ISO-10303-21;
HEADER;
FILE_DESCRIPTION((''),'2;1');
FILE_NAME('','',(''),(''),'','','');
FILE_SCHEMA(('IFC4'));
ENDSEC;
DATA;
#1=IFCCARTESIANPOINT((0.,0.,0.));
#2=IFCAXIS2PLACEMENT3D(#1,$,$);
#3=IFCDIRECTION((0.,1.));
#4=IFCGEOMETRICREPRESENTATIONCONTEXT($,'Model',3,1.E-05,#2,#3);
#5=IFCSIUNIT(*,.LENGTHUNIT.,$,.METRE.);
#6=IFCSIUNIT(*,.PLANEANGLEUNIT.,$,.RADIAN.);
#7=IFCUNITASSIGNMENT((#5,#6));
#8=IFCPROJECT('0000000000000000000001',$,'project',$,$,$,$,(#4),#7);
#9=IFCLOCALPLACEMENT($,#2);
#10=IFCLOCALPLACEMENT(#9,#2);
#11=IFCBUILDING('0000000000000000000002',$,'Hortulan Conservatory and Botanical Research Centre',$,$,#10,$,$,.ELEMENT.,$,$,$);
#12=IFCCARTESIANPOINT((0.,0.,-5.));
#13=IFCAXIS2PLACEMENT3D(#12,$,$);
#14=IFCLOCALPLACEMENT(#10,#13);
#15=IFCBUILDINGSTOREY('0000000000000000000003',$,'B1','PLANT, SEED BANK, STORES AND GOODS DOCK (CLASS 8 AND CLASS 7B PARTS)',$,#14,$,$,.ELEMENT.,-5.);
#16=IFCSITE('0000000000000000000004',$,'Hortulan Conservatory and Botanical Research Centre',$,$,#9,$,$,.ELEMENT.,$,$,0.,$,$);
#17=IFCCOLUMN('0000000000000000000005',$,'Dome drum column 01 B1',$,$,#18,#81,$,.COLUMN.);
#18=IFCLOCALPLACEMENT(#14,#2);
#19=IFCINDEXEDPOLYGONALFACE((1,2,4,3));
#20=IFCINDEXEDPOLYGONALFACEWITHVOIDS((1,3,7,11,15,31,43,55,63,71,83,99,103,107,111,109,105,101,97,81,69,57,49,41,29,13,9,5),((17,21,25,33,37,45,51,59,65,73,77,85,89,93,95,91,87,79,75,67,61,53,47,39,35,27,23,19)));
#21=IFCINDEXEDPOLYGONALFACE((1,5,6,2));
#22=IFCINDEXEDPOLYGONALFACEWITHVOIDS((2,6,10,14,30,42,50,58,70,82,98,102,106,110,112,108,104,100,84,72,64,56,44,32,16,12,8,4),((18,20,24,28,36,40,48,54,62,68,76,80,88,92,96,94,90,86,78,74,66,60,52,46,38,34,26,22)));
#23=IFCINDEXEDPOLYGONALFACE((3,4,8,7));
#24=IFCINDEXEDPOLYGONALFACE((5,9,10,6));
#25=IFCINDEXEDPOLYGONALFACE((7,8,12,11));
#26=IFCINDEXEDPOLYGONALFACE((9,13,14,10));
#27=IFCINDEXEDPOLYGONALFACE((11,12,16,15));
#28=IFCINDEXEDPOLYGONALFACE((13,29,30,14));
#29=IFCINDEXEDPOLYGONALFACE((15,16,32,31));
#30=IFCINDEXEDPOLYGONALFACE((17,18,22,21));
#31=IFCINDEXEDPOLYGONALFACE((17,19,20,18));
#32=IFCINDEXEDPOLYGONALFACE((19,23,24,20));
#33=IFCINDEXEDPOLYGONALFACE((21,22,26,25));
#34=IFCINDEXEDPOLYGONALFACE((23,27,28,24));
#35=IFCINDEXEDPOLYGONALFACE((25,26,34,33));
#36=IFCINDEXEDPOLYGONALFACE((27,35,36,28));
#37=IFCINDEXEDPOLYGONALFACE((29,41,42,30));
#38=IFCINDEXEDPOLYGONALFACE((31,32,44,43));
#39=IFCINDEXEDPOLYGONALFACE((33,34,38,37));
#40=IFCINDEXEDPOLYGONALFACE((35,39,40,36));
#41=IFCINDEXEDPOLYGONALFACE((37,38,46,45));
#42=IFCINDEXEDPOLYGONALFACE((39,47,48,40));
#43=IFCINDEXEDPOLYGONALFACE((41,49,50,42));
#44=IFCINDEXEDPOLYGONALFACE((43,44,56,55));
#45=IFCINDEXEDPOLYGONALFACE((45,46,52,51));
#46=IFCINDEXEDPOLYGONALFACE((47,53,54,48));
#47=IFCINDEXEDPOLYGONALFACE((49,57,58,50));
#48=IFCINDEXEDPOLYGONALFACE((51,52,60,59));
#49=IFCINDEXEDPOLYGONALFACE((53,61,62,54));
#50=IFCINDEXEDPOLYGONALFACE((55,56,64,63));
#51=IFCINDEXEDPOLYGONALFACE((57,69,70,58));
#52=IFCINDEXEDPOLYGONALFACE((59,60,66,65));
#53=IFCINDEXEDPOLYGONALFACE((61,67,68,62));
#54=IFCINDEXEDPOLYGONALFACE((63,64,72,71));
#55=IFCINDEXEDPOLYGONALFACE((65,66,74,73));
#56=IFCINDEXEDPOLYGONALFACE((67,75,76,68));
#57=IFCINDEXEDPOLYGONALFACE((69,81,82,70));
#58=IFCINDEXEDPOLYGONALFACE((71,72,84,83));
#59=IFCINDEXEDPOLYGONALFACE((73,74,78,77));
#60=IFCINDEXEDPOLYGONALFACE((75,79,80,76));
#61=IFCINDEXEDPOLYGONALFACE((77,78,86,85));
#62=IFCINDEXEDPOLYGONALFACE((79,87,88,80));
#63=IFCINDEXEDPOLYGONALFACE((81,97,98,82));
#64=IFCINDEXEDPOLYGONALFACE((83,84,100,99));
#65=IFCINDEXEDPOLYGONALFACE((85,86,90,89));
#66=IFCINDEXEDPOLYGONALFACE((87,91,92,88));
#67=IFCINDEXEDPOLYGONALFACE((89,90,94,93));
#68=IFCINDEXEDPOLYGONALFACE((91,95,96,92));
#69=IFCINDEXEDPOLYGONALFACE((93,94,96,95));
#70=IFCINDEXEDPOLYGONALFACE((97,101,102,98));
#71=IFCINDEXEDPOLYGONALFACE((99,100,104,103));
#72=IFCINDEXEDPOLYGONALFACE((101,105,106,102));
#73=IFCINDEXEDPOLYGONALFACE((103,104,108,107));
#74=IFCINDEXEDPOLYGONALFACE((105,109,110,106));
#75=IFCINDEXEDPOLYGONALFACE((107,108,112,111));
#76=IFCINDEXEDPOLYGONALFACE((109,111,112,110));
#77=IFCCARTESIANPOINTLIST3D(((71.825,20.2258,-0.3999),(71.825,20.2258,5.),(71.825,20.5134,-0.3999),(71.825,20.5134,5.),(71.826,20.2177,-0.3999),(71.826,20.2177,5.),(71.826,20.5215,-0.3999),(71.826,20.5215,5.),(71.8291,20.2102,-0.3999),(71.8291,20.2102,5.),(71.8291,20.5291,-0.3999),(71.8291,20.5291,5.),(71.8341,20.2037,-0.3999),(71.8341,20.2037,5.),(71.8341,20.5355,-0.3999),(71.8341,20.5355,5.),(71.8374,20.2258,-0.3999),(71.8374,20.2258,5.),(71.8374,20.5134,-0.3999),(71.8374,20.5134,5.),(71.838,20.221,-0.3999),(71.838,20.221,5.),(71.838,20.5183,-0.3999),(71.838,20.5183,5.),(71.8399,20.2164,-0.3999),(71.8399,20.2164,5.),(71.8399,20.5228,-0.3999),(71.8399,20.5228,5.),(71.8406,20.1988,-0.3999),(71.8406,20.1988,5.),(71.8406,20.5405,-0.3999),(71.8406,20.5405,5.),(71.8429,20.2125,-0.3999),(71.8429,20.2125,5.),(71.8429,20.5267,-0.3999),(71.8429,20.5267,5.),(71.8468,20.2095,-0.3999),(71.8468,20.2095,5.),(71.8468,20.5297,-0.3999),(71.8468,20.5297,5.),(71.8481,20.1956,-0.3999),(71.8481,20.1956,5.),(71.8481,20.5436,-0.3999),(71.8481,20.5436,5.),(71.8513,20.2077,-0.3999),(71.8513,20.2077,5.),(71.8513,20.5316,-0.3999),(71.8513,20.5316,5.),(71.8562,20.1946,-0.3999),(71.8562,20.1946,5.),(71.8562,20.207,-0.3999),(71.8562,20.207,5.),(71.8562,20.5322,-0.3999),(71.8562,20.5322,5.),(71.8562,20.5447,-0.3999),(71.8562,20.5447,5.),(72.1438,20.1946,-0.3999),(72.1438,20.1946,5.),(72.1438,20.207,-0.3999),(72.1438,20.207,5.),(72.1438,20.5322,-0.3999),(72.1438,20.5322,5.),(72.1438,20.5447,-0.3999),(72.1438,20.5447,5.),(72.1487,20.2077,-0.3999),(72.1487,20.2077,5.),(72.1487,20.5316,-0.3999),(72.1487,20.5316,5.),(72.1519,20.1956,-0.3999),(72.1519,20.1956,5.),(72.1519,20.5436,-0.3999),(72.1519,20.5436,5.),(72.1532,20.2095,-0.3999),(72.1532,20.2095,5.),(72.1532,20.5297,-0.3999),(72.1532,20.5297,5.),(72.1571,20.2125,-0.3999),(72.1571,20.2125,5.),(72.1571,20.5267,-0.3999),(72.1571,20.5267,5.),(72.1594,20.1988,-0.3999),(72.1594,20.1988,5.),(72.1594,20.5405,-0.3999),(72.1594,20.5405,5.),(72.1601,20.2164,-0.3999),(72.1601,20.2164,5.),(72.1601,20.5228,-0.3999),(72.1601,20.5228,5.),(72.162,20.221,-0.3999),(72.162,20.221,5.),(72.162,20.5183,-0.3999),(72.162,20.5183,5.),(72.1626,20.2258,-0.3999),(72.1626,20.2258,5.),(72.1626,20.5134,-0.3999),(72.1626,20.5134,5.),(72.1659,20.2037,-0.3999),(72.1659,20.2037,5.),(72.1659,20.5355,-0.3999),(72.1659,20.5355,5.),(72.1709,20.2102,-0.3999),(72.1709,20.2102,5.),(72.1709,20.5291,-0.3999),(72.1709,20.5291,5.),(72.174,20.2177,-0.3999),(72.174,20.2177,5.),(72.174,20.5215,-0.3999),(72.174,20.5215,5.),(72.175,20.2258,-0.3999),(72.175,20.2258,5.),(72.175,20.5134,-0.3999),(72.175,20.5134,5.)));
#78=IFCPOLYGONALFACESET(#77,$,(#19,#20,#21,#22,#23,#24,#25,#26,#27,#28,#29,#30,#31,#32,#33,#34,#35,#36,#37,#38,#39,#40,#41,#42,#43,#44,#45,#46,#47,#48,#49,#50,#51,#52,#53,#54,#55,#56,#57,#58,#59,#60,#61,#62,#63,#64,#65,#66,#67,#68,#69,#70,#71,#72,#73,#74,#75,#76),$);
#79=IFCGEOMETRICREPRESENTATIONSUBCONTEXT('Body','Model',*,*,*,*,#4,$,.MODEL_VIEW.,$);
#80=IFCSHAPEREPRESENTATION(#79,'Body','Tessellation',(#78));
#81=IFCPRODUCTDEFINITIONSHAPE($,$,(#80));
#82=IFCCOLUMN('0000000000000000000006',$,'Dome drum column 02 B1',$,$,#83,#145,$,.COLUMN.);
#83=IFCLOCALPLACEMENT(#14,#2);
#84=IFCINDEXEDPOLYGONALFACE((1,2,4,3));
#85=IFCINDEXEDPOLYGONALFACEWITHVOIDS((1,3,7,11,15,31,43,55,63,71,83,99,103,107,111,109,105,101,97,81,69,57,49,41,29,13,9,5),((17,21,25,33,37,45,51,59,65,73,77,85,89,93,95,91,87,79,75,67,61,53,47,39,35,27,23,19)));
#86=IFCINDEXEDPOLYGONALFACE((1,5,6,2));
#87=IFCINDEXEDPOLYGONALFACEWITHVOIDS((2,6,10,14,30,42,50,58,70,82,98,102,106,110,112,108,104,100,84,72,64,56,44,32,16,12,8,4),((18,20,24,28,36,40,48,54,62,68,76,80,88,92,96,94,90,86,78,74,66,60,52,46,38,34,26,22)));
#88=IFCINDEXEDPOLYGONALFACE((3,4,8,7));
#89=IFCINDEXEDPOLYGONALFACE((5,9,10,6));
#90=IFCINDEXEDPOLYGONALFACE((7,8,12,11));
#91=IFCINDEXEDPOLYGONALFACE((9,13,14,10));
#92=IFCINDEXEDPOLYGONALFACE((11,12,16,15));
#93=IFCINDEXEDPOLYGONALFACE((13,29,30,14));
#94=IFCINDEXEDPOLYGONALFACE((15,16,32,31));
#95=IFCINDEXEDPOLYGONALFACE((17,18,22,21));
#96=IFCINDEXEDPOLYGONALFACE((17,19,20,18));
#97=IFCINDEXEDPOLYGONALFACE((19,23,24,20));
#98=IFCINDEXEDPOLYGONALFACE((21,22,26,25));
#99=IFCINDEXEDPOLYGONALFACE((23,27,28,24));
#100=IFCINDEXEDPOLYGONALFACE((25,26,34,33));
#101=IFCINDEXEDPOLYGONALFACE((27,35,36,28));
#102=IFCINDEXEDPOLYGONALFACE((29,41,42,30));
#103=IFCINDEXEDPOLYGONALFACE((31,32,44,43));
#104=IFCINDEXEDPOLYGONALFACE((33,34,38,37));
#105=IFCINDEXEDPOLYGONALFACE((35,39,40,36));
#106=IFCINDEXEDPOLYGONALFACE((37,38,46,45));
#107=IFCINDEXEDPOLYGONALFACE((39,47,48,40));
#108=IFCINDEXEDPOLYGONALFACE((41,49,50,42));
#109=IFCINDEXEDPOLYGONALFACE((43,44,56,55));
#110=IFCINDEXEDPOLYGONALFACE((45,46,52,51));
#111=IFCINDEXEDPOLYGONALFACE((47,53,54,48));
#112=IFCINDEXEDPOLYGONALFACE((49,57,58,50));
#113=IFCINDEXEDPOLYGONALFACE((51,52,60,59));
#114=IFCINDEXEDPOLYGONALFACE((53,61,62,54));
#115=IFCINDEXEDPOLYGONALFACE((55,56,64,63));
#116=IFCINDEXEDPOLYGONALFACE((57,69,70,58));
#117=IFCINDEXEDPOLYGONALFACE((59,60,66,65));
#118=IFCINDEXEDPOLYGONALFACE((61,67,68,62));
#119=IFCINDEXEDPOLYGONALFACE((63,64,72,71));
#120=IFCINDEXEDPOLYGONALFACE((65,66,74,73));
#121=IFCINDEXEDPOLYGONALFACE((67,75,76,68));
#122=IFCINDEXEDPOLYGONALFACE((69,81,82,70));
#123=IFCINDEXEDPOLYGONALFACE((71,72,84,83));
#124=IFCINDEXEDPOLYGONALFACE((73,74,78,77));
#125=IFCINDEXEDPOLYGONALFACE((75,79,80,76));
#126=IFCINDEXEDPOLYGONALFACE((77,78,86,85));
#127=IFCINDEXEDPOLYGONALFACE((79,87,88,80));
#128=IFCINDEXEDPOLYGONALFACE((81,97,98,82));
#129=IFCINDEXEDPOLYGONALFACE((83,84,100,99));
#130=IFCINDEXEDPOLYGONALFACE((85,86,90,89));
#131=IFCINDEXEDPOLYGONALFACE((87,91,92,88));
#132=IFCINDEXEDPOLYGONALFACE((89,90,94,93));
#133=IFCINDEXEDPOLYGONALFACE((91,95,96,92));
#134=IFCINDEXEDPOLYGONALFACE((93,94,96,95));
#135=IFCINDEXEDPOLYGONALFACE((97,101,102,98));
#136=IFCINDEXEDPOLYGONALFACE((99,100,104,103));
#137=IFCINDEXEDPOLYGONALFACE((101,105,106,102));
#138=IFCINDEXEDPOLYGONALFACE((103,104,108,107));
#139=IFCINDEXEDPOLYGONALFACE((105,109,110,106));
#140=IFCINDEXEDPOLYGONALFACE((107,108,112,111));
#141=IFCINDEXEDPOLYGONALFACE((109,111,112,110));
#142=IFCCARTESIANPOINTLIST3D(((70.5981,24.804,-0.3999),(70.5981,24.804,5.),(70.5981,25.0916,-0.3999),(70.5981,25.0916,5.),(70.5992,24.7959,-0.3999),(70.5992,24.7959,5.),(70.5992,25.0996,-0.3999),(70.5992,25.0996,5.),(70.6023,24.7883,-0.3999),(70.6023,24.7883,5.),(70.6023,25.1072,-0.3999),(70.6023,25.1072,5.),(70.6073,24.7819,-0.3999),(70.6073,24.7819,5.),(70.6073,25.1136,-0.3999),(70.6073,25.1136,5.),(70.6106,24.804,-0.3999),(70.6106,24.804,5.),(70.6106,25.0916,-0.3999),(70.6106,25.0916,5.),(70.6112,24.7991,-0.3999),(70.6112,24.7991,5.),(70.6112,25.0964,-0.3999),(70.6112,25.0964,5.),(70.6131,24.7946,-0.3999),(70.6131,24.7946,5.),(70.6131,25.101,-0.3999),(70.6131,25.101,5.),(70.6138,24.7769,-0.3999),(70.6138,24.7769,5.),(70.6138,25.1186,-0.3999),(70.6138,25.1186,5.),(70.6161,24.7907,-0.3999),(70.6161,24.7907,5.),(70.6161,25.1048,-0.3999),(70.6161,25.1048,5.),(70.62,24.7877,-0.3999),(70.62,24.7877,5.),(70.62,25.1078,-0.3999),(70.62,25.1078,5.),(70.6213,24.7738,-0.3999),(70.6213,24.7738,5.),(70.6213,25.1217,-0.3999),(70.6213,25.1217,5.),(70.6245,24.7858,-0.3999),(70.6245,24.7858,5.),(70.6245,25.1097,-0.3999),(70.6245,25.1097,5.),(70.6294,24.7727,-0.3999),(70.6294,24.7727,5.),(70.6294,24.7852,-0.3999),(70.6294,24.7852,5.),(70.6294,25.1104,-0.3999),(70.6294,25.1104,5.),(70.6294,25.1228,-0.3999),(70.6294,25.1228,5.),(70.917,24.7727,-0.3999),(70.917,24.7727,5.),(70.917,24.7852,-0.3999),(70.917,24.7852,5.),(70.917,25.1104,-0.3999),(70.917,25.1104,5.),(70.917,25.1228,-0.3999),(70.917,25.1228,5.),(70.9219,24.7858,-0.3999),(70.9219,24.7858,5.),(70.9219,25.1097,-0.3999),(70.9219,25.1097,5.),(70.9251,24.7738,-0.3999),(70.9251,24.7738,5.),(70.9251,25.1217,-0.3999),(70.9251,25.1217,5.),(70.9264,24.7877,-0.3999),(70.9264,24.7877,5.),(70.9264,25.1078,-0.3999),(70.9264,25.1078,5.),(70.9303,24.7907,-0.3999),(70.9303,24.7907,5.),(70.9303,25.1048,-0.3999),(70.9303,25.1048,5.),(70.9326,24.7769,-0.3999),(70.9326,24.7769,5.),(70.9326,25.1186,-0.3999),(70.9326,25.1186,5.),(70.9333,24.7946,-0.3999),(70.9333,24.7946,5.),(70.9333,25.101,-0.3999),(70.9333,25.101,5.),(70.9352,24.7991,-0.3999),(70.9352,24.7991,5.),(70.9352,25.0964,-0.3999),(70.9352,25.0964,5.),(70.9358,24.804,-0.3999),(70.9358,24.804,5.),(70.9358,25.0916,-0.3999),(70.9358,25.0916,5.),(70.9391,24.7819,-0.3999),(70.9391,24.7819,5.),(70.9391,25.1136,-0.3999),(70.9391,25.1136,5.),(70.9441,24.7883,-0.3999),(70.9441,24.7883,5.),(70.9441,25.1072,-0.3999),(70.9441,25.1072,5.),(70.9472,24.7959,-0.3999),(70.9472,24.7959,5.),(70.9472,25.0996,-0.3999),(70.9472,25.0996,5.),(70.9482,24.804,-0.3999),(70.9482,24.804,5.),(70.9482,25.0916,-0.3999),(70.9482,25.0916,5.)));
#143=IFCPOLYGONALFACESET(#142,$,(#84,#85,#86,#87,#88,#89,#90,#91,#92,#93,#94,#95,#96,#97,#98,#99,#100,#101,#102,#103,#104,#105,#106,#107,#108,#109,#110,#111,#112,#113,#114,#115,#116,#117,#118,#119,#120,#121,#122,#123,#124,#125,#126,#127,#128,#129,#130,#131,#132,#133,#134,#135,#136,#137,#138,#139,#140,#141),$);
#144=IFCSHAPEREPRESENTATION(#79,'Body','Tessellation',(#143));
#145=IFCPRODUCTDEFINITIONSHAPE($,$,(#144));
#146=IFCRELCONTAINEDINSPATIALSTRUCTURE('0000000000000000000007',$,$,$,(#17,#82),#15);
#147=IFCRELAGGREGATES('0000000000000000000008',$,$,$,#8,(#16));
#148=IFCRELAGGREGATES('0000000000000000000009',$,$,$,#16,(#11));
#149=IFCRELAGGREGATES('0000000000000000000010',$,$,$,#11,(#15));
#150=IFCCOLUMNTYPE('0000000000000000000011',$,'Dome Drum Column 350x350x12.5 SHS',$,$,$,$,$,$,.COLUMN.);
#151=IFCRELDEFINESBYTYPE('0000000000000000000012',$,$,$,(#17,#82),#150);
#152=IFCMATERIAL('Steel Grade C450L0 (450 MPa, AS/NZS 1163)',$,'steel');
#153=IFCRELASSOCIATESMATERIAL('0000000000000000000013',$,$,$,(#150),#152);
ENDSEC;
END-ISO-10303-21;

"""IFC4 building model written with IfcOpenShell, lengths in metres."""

from ifc_helpers import new_model, si_unit, direction, frame, origin, origin_2d, place, context, subcontext, project, spatial, hollow_rectangle, extrude, material, material_profile, profile_set, type_object, element, save


model = new_model("IFC4")

# Units and contexts
model_context = context("Model", 3, precision=1e-05, world=origin(), true_north=direction((0.0, 1.0)))
body_context = subcontext(model_context, "Body", "Model", "MODEL_VIEW")
ifc_project = project(units=[si_unit("LENGTHUNIT", "METRE"), si_unit("PLANEANGLEUNIT", "RADIAN")], contexts=[model_context])

# Site, building, storey
site_placement = place(None, origin())
site = spatial("IfcSite", under=ifc_project, at=site_placement, Name="Hortulan Conservatory and Botanical Research Centre", CompositionType="ELEMENT", RefElevation=0.0)
building_placement = place(site_placement, origin())
building = spatial("IfcBuilding", under=site, at=building_placement, Name="Hortulan Conservatory and Botanical Research Centre", CompositionType="ELEMENT")
storey_placement = place(building_placement, frame((0.0, 0.0, -5.0)))
storey = spatial("IfcBuildingStorey", under=building, at=storey_placement, Name="B1", Description="PLANT, SEED BANK, STORES AND GOODS DOCK (CLASS 8 AND CLASS 7B PARTS)", CompositionType="ELEMENT", Elevation=-5.0)

# Columns
ifc_material_1 = material(Name="Steel Grade C450L0 (450 MPa, AS/NZS 1163)", Category="steel")
ifc_material_profile_1 = material_profile(ifc_material_1, hollow_rectangle(XDim=0.3501, YDim=0.3501, WallThickness=0.0125, InnerFilletRadius=0.0188, OuterFilletRadius=0.0312, at=origin_2d()), Name="350x350x12.5SHS")
ifc_profile_set_1 = profile_set([ifc_material_profile_1], Name="Steel Grade C450L0 (450 MPa, AS/NZS 1163)")
column_type_1 = type_object("IfcColumnType", Name="Dome Drum Column 350x350x12.5 SHS", PredefinedType="COLUMN", material=ifc_profile_set_1)
for number, where, z_axis, x_axis, name in (
    (1, (72.0, 20.3696, -0.3999), (0.0, 0.0, 1.0), (1.0, 0.0, 0.0), "Dome drum column 01 B1"),
    (2, (70.7732, 24.9478, -0.3999), (0.0, 0.0, 1.0), (1.0, 0.0, 0.0), "Dome drum column 02 B1"),
):
    element("IfcColumn", number, at=place(storey_placement, frame(where, z_axis=z_axis, x_axis=x_axis)), inside=storey, type_object=column_type_1, Name=name, PredefinedType="COLUMN", context=body_context, shape_type="SweptSolid", body=[
        extrude(hollow_rectangle(XDim=0.3501, YDim=0.3501, WallThickness=0.0125, InnerFilletRadius=0.0188, OuterFilletRadius=0.0312, at=origin_2d()), origin(), (0.0, 0.0, 1.0), 5.3999),
    ])

save(model, "model.ifc")
